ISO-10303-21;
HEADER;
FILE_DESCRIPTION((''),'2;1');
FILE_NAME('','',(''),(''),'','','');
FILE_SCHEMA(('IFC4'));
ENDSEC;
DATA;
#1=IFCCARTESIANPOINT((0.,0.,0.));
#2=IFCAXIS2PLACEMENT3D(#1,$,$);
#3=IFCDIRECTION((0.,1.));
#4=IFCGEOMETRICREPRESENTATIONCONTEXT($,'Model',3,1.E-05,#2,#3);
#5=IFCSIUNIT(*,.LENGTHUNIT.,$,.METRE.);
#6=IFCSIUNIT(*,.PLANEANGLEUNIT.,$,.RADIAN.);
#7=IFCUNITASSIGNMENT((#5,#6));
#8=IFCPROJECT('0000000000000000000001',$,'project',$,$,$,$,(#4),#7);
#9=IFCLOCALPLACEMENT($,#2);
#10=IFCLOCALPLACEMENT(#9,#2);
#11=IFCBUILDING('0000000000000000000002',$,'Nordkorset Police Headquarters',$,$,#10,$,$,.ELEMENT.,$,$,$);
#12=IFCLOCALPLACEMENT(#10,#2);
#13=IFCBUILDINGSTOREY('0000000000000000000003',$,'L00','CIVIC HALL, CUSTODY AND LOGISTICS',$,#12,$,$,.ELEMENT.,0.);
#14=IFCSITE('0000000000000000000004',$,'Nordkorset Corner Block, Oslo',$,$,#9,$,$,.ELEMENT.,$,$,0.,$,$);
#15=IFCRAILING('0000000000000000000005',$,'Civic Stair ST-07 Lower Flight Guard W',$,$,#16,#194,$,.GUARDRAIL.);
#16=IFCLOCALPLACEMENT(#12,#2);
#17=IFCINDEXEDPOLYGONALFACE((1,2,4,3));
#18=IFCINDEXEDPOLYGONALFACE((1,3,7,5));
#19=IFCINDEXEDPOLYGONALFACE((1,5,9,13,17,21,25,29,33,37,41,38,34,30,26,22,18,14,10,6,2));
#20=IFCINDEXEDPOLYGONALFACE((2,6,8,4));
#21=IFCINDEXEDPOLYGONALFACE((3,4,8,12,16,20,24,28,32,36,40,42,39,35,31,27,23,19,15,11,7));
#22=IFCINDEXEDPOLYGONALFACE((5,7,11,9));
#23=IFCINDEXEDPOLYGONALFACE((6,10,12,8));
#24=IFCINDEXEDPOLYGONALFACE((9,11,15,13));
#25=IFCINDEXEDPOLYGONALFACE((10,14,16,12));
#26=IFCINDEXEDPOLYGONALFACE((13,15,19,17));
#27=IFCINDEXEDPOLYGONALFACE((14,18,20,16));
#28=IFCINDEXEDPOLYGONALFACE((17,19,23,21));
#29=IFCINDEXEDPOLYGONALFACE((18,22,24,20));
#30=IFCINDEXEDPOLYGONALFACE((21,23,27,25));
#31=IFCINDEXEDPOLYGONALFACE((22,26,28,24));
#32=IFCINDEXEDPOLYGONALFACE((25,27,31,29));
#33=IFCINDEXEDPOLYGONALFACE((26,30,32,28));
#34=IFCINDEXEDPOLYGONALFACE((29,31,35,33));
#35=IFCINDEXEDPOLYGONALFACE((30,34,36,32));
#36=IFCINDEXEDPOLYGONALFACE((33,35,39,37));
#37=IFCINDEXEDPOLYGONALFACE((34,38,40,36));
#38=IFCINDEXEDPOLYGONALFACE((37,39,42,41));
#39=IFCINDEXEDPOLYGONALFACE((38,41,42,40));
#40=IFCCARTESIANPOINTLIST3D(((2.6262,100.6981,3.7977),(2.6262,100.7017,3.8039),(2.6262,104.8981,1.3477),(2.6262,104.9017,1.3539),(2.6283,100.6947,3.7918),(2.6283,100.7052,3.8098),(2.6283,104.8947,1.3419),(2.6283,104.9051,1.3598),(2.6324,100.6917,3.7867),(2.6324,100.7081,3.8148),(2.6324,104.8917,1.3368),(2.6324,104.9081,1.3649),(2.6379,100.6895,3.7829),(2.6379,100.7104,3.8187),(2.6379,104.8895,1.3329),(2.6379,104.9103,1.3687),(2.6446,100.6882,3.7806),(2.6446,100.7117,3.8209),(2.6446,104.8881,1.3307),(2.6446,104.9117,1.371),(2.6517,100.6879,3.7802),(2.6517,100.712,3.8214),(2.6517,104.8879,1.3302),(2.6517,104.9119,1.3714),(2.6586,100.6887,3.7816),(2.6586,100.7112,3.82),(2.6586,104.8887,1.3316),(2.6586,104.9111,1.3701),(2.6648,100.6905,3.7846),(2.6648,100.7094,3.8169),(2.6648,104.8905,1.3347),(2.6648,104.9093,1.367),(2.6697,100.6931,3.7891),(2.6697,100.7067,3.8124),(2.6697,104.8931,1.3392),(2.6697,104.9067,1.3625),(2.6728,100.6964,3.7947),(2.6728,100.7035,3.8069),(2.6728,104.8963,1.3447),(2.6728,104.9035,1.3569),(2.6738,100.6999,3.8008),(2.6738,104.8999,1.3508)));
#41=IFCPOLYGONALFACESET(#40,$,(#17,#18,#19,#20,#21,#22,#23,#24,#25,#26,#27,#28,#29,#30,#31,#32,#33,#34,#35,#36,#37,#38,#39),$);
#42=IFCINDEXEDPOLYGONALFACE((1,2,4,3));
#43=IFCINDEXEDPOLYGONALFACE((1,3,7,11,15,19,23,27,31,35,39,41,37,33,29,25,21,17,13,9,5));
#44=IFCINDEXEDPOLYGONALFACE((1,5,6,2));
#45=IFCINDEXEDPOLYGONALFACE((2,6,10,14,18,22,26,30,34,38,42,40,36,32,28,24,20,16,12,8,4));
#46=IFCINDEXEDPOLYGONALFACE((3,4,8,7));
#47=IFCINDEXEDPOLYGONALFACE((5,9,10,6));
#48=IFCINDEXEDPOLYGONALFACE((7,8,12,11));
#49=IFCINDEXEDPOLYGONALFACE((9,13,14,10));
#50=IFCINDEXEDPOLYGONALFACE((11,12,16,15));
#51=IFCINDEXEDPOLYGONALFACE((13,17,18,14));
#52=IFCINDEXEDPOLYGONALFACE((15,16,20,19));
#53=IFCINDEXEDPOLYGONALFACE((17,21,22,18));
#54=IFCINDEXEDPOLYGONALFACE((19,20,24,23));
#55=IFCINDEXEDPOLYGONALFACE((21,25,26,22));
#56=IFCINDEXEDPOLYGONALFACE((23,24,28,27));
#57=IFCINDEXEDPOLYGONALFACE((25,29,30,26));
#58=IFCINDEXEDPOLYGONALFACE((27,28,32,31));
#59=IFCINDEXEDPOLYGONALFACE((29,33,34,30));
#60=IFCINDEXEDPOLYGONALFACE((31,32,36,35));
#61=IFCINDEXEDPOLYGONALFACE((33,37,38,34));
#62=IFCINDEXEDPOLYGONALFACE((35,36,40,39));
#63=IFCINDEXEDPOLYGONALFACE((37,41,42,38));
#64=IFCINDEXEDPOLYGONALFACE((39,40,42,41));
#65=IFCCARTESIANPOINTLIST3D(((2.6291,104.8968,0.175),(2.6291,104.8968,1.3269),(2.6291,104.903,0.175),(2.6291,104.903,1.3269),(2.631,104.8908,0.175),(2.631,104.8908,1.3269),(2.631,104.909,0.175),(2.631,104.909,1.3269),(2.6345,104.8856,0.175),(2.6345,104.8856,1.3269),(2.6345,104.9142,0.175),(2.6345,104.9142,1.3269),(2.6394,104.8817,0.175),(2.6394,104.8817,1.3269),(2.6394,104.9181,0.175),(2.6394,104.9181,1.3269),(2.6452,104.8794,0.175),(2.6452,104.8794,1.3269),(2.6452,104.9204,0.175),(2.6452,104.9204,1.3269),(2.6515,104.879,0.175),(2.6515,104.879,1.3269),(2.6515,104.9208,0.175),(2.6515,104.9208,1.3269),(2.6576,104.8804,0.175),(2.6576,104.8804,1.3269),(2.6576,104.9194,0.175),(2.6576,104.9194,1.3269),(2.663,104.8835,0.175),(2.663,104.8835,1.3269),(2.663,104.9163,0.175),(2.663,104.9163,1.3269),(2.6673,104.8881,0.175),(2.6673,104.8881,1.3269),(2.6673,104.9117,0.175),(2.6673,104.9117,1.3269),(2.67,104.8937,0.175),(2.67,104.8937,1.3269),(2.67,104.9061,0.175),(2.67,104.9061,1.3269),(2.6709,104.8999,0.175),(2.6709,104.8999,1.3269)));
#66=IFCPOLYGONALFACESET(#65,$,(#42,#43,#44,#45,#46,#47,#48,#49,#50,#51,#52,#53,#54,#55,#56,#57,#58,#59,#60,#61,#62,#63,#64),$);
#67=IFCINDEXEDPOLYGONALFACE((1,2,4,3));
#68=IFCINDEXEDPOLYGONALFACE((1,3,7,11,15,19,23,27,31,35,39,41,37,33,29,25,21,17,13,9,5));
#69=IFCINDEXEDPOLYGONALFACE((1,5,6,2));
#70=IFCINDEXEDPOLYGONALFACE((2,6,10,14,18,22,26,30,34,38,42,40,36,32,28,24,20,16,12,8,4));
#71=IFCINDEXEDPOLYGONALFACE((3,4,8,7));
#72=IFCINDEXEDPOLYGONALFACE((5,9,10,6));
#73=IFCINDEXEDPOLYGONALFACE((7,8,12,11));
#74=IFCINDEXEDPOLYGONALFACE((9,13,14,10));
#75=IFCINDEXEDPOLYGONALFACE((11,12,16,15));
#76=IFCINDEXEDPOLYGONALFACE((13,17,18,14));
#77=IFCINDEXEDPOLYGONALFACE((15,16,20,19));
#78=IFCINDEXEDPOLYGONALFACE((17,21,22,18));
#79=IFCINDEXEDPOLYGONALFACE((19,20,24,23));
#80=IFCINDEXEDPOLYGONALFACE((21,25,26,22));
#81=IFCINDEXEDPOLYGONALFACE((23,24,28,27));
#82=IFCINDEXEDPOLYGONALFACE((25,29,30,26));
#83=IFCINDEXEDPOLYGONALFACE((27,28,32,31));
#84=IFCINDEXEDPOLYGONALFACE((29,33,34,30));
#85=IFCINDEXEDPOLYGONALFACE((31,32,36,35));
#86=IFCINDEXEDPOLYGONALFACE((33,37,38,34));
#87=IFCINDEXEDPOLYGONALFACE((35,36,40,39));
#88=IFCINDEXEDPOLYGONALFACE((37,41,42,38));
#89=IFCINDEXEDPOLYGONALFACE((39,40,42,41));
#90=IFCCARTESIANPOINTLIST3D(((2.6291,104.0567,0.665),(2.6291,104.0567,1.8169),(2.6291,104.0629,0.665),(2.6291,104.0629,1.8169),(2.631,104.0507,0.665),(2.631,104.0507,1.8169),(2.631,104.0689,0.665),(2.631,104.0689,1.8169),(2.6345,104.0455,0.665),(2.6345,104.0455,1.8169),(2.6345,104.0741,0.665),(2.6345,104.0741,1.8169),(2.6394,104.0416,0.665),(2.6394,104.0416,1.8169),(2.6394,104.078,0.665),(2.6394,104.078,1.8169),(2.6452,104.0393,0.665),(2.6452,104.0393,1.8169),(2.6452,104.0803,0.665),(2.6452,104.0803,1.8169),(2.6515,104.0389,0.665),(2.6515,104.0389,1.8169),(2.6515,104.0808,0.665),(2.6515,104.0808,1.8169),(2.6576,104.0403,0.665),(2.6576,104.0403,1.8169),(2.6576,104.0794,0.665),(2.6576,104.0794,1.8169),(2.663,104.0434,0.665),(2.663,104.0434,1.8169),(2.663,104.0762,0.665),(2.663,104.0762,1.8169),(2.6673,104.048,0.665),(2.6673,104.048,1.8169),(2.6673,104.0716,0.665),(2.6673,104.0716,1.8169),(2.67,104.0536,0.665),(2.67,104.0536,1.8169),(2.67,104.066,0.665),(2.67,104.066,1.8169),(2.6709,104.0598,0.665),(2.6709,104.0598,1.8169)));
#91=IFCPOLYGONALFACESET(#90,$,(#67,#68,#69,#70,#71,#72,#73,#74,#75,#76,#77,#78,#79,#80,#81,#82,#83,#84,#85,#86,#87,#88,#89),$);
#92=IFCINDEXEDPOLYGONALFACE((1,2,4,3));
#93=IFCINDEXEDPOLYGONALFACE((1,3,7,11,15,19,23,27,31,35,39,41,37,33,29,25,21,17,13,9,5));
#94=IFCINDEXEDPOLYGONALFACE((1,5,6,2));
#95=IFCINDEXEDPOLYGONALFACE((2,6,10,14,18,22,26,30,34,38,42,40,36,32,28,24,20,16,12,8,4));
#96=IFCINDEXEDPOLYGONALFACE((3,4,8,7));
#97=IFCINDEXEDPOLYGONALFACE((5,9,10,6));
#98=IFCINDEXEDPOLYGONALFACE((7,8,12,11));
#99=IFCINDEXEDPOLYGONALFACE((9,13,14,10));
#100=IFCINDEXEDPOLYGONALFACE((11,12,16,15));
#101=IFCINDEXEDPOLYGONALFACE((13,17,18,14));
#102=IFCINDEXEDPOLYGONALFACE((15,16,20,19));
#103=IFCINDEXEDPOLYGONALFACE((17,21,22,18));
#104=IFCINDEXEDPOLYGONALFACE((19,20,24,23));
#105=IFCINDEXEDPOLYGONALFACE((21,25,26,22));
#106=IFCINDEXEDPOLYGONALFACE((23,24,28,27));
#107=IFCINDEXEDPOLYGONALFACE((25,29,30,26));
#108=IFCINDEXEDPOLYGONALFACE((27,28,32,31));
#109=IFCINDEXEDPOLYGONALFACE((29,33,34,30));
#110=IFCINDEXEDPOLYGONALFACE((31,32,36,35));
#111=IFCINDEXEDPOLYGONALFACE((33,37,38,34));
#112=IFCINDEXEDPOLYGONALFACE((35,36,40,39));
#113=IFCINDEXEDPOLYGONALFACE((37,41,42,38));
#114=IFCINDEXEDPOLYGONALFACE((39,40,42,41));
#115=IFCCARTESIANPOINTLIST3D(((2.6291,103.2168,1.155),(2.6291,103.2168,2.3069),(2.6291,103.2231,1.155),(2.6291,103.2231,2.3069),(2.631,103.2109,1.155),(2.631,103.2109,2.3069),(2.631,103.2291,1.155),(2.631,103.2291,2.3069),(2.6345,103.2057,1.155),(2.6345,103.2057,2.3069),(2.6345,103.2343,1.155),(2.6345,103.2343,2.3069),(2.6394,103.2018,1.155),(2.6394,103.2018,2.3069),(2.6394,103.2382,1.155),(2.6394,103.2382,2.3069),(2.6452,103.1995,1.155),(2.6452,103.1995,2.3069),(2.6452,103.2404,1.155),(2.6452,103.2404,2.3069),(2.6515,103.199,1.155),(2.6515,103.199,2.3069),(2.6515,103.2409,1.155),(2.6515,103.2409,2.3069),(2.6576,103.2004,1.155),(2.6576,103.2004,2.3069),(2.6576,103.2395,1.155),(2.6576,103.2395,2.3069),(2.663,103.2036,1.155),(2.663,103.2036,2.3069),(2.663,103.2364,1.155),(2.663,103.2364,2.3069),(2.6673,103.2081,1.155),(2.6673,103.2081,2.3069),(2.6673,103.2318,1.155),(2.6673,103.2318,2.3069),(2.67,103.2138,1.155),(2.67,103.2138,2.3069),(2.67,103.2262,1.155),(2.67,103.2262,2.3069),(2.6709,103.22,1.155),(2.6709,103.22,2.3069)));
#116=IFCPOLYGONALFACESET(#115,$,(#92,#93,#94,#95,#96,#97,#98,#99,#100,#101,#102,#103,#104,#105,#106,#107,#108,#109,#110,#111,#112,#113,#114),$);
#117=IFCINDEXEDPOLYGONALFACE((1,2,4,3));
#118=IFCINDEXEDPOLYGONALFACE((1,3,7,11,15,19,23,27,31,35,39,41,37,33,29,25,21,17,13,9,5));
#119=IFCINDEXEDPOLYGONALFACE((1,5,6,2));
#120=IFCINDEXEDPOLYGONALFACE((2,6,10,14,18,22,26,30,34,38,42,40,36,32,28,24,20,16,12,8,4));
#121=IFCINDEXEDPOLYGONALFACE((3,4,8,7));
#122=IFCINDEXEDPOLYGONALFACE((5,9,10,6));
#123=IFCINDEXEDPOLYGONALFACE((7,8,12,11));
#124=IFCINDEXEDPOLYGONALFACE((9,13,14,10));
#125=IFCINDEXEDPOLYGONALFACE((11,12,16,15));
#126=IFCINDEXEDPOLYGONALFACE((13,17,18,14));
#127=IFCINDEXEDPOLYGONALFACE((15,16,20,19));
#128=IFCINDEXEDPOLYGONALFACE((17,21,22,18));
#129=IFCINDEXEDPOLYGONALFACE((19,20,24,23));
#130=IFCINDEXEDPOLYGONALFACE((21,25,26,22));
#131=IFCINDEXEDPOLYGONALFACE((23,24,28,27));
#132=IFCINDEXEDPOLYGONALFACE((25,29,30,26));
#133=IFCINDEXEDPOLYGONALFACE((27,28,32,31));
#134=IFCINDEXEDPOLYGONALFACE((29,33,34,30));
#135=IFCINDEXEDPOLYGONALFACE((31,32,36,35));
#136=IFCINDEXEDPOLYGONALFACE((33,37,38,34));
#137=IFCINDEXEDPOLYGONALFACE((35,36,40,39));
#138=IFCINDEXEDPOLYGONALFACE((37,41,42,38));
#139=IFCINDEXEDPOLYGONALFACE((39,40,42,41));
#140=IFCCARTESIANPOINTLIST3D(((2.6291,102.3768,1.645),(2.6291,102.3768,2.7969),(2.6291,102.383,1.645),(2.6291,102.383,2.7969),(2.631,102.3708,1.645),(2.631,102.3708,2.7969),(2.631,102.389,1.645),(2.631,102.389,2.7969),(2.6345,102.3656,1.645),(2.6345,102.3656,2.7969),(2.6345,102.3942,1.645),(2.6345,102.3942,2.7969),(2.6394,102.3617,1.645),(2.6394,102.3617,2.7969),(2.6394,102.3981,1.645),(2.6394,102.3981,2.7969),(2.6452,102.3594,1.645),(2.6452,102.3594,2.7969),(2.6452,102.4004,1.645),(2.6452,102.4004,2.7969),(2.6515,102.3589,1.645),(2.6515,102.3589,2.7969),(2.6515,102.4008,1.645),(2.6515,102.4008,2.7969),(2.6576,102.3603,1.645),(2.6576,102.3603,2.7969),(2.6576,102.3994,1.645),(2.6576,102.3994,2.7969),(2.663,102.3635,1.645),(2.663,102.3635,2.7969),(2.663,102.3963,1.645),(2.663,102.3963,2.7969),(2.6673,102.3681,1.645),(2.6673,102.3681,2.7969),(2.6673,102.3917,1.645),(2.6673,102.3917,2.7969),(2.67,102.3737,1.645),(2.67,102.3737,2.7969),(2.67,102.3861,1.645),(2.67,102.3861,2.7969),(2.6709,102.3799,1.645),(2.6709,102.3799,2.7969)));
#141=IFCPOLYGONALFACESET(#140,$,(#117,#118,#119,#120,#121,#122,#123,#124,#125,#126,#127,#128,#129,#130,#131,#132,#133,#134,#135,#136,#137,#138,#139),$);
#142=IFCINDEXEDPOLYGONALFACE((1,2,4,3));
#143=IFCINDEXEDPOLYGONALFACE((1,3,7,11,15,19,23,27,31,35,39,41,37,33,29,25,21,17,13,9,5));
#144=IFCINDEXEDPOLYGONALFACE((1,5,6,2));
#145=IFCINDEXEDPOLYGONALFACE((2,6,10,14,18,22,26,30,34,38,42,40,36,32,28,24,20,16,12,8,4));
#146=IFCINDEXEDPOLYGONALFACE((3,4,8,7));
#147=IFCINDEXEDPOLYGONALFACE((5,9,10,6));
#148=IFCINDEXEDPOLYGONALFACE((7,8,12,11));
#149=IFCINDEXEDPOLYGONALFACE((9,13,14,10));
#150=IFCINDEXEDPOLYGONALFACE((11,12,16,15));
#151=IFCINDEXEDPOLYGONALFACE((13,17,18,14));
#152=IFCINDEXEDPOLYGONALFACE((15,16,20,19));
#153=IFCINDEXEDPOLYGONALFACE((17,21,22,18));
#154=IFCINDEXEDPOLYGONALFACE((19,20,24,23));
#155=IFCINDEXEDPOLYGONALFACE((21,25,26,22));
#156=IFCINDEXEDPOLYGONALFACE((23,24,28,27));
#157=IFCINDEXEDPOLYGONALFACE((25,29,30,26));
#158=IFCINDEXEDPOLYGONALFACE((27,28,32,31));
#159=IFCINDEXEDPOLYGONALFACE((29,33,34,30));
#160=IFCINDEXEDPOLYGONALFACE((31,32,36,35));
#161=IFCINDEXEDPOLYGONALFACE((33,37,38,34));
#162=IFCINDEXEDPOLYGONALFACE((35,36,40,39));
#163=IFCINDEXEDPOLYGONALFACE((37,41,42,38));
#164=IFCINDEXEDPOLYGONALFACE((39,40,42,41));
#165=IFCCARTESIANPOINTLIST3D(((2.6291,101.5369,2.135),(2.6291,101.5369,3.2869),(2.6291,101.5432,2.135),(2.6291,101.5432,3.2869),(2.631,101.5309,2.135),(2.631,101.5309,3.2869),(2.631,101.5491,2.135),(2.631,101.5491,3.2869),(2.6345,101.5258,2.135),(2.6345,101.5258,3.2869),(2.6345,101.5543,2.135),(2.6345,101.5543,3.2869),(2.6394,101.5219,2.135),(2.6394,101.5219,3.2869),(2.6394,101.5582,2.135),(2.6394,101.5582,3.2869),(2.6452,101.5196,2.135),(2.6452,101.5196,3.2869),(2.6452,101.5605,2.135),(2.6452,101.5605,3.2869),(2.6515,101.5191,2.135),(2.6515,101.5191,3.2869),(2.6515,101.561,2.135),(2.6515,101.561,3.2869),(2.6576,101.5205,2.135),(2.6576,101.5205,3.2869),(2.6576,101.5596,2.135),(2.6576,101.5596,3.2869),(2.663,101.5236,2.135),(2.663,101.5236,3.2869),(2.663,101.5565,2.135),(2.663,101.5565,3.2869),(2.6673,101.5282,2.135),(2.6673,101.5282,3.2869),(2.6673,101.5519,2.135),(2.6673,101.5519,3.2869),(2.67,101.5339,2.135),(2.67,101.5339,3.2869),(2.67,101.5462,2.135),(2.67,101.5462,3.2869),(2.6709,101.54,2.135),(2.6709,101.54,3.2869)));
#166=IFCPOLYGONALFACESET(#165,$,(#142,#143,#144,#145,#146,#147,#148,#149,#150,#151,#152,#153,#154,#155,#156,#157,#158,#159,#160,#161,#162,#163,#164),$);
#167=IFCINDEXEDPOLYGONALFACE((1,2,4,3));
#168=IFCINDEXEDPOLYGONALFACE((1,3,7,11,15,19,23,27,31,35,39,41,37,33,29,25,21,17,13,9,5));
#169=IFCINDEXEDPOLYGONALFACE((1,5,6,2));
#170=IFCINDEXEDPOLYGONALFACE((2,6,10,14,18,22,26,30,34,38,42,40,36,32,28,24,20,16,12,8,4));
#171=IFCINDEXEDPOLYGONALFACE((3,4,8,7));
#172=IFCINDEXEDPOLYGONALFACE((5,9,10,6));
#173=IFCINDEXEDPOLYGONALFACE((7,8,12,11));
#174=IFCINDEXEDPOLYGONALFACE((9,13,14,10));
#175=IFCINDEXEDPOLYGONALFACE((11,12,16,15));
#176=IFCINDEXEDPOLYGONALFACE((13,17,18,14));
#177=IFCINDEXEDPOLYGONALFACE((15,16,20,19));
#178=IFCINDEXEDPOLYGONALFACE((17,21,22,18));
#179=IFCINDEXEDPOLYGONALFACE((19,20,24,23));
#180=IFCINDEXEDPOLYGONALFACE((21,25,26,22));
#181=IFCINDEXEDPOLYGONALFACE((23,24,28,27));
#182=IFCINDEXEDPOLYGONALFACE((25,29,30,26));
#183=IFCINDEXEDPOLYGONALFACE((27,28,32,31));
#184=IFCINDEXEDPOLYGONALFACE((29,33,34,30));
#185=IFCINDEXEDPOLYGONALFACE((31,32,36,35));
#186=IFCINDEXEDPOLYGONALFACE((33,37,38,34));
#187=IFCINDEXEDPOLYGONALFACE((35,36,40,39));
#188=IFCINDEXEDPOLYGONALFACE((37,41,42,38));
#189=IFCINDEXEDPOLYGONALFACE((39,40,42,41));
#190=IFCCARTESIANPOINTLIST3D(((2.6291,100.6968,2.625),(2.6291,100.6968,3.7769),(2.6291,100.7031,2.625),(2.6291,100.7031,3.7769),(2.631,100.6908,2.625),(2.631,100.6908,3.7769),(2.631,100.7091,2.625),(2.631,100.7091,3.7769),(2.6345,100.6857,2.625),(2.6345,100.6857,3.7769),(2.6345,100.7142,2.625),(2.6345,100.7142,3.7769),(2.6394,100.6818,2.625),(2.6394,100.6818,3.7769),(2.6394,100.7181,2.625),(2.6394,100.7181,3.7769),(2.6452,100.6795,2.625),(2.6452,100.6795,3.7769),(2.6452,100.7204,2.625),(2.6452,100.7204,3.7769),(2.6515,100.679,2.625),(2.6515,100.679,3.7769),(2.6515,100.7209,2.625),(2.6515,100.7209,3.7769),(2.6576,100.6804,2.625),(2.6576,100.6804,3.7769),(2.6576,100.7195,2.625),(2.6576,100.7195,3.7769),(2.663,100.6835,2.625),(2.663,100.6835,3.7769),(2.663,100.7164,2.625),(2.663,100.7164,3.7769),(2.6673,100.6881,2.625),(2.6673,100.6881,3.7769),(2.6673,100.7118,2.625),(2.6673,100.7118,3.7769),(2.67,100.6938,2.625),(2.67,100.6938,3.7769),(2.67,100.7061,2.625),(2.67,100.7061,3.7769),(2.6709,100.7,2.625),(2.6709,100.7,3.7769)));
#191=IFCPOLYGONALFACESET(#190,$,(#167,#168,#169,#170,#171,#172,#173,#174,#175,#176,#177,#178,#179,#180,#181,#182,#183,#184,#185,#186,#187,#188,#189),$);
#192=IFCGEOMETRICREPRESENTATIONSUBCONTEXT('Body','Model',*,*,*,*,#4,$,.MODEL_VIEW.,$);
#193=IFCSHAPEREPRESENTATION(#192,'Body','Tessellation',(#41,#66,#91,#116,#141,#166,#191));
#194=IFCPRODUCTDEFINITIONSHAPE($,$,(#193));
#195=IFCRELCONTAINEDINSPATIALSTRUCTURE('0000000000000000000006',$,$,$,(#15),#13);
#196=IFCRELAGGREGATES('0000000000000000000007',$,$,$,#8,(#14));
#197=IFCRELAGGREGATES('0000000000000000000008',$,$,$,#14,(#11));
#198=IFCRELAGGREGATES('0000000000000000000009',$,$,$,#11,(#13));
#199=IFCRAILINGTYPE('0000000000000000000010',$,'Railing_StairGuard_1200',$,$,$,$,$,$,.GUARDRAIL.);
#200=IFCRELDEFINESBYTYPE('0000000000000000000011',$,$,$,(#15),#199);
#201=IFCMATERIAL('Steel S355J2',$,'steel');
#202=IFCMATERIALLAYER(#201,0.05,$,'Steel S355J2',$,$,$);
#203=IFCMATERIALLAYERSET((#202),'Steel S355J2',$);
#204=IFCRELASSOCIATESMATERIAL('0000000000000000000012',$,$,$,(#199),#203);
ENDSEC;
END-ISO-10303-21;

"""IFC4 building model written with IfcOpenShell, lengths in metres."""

from ifc_helpers import new_model, si_unit, direction, frame, origin, origin_2d, place, context, subcontext, project, spatial, circle, extrude, material, layer, layer_set, type_object, element, save


model = new_model("IFC4")

# Units and contexts
model_context = context("Model", 3, precision=1e-05, world=origin(), true_north=direction((0.0, 1.0)))
body_context = subcontext(model_context, "Body", "Model", "MODEL_VIEW")
ifc_project = project(units=[si_unit("LENGTHUNIT", "METRE"), si_unit("PLANEANGLEUNIT", "RADIAN")], contexts=[model_context])

# Site, building, storey
site_placement = place(None, origin())
site = spatial("IfcSite", under=ifc_project, at=site_placement, Name="Nordkorset Corner Block, Oslo", CompositionType="ELEMENT", RefElevation=0.0)
building_placement = place(site_placement, origin())
building = spatial("IfcBuilding", under=site, at=building_placement, Name="Nordkorset Police Headquarters", CompositionType="ELEMENT")
storey_placement = place(building_placement, origin())
storey = spatial("IfcBuildingStorey", under=building, at=storey_placement, Name="L00", Description="CIVIC HALL, CUSTODY AND LOGISTICS", CompositionType="ELEMENT", Elevation=0.0)

# Railing
ifc_material_1 = material(Name="Steel S355J2", Category="steel")
ifc_layer_1 = layer(ifc_material_1, 0.05, Name="Steel S355J2")
ifc_layer_set_1 = layer_set([ifc_layer_1], Name="Steel S355J2")
railing_type = type_object("IfcRailingType", Name="Railing_StairGuard_1200", PredefinedType="GUARDRAIL", material=ifc_layer_set_1)
railing_1_placement = place(storey_placement, frame((2.6499, 104.8999, 0.175)))
element("IfcRailing", 1, at=railing_1_placement, inside=storey, type_object=railing_type, Name="Civic Stair ST-07 Lower Flight Guard W", PredefinedType="GUARDRAIL", context=body_context, shape_type="SweptSolid", body=[
    extrude(circle(Radius=0.0239, at=origin_2d()), frame((0.0, 0.0, 1.1758), z_axis=(0.0, -0.863781, 0.503868), x_axis=(1.0, 0.0, 0.0)), (0.0, 0.0, 1.0), 4.8623),
    extrude(circle(Radius=0.021, at=origin_2d()), origin(), (0.0, 0.0, 1.0), 1.1519),
    extrude(circle(Radius=0.021, at=origin_2d()), frame((0.0, -0.8401, 0.49)), (0.0, 0.0, 1.0), 1.1519),
    extrude(circle(Radius=0.021, at=origin_2d()), frame((0.0, -1.6799, 0.98)), (0.0, 0.0, 1.0), 1.1519),
    extrude(circle(Radius=0.021, at=origin_2d()), frame((0.0, -2.52, 1.47)), (0.0, 0.0, 1.0), 1.1519),
    extrude(circle(Radius=0.021, at=origin_2d()), frame((0.0, -3.3599, 1.96)), (0.0, 0.0, 1.0), 1.1519),
    extrude(circle(Radius=0.021, at=origin_2d()), frame((0.0, -4.2, 2.45)), (0.0, 0.0, 1.0), 1.1519),
])

save(model, "model.ifc")
